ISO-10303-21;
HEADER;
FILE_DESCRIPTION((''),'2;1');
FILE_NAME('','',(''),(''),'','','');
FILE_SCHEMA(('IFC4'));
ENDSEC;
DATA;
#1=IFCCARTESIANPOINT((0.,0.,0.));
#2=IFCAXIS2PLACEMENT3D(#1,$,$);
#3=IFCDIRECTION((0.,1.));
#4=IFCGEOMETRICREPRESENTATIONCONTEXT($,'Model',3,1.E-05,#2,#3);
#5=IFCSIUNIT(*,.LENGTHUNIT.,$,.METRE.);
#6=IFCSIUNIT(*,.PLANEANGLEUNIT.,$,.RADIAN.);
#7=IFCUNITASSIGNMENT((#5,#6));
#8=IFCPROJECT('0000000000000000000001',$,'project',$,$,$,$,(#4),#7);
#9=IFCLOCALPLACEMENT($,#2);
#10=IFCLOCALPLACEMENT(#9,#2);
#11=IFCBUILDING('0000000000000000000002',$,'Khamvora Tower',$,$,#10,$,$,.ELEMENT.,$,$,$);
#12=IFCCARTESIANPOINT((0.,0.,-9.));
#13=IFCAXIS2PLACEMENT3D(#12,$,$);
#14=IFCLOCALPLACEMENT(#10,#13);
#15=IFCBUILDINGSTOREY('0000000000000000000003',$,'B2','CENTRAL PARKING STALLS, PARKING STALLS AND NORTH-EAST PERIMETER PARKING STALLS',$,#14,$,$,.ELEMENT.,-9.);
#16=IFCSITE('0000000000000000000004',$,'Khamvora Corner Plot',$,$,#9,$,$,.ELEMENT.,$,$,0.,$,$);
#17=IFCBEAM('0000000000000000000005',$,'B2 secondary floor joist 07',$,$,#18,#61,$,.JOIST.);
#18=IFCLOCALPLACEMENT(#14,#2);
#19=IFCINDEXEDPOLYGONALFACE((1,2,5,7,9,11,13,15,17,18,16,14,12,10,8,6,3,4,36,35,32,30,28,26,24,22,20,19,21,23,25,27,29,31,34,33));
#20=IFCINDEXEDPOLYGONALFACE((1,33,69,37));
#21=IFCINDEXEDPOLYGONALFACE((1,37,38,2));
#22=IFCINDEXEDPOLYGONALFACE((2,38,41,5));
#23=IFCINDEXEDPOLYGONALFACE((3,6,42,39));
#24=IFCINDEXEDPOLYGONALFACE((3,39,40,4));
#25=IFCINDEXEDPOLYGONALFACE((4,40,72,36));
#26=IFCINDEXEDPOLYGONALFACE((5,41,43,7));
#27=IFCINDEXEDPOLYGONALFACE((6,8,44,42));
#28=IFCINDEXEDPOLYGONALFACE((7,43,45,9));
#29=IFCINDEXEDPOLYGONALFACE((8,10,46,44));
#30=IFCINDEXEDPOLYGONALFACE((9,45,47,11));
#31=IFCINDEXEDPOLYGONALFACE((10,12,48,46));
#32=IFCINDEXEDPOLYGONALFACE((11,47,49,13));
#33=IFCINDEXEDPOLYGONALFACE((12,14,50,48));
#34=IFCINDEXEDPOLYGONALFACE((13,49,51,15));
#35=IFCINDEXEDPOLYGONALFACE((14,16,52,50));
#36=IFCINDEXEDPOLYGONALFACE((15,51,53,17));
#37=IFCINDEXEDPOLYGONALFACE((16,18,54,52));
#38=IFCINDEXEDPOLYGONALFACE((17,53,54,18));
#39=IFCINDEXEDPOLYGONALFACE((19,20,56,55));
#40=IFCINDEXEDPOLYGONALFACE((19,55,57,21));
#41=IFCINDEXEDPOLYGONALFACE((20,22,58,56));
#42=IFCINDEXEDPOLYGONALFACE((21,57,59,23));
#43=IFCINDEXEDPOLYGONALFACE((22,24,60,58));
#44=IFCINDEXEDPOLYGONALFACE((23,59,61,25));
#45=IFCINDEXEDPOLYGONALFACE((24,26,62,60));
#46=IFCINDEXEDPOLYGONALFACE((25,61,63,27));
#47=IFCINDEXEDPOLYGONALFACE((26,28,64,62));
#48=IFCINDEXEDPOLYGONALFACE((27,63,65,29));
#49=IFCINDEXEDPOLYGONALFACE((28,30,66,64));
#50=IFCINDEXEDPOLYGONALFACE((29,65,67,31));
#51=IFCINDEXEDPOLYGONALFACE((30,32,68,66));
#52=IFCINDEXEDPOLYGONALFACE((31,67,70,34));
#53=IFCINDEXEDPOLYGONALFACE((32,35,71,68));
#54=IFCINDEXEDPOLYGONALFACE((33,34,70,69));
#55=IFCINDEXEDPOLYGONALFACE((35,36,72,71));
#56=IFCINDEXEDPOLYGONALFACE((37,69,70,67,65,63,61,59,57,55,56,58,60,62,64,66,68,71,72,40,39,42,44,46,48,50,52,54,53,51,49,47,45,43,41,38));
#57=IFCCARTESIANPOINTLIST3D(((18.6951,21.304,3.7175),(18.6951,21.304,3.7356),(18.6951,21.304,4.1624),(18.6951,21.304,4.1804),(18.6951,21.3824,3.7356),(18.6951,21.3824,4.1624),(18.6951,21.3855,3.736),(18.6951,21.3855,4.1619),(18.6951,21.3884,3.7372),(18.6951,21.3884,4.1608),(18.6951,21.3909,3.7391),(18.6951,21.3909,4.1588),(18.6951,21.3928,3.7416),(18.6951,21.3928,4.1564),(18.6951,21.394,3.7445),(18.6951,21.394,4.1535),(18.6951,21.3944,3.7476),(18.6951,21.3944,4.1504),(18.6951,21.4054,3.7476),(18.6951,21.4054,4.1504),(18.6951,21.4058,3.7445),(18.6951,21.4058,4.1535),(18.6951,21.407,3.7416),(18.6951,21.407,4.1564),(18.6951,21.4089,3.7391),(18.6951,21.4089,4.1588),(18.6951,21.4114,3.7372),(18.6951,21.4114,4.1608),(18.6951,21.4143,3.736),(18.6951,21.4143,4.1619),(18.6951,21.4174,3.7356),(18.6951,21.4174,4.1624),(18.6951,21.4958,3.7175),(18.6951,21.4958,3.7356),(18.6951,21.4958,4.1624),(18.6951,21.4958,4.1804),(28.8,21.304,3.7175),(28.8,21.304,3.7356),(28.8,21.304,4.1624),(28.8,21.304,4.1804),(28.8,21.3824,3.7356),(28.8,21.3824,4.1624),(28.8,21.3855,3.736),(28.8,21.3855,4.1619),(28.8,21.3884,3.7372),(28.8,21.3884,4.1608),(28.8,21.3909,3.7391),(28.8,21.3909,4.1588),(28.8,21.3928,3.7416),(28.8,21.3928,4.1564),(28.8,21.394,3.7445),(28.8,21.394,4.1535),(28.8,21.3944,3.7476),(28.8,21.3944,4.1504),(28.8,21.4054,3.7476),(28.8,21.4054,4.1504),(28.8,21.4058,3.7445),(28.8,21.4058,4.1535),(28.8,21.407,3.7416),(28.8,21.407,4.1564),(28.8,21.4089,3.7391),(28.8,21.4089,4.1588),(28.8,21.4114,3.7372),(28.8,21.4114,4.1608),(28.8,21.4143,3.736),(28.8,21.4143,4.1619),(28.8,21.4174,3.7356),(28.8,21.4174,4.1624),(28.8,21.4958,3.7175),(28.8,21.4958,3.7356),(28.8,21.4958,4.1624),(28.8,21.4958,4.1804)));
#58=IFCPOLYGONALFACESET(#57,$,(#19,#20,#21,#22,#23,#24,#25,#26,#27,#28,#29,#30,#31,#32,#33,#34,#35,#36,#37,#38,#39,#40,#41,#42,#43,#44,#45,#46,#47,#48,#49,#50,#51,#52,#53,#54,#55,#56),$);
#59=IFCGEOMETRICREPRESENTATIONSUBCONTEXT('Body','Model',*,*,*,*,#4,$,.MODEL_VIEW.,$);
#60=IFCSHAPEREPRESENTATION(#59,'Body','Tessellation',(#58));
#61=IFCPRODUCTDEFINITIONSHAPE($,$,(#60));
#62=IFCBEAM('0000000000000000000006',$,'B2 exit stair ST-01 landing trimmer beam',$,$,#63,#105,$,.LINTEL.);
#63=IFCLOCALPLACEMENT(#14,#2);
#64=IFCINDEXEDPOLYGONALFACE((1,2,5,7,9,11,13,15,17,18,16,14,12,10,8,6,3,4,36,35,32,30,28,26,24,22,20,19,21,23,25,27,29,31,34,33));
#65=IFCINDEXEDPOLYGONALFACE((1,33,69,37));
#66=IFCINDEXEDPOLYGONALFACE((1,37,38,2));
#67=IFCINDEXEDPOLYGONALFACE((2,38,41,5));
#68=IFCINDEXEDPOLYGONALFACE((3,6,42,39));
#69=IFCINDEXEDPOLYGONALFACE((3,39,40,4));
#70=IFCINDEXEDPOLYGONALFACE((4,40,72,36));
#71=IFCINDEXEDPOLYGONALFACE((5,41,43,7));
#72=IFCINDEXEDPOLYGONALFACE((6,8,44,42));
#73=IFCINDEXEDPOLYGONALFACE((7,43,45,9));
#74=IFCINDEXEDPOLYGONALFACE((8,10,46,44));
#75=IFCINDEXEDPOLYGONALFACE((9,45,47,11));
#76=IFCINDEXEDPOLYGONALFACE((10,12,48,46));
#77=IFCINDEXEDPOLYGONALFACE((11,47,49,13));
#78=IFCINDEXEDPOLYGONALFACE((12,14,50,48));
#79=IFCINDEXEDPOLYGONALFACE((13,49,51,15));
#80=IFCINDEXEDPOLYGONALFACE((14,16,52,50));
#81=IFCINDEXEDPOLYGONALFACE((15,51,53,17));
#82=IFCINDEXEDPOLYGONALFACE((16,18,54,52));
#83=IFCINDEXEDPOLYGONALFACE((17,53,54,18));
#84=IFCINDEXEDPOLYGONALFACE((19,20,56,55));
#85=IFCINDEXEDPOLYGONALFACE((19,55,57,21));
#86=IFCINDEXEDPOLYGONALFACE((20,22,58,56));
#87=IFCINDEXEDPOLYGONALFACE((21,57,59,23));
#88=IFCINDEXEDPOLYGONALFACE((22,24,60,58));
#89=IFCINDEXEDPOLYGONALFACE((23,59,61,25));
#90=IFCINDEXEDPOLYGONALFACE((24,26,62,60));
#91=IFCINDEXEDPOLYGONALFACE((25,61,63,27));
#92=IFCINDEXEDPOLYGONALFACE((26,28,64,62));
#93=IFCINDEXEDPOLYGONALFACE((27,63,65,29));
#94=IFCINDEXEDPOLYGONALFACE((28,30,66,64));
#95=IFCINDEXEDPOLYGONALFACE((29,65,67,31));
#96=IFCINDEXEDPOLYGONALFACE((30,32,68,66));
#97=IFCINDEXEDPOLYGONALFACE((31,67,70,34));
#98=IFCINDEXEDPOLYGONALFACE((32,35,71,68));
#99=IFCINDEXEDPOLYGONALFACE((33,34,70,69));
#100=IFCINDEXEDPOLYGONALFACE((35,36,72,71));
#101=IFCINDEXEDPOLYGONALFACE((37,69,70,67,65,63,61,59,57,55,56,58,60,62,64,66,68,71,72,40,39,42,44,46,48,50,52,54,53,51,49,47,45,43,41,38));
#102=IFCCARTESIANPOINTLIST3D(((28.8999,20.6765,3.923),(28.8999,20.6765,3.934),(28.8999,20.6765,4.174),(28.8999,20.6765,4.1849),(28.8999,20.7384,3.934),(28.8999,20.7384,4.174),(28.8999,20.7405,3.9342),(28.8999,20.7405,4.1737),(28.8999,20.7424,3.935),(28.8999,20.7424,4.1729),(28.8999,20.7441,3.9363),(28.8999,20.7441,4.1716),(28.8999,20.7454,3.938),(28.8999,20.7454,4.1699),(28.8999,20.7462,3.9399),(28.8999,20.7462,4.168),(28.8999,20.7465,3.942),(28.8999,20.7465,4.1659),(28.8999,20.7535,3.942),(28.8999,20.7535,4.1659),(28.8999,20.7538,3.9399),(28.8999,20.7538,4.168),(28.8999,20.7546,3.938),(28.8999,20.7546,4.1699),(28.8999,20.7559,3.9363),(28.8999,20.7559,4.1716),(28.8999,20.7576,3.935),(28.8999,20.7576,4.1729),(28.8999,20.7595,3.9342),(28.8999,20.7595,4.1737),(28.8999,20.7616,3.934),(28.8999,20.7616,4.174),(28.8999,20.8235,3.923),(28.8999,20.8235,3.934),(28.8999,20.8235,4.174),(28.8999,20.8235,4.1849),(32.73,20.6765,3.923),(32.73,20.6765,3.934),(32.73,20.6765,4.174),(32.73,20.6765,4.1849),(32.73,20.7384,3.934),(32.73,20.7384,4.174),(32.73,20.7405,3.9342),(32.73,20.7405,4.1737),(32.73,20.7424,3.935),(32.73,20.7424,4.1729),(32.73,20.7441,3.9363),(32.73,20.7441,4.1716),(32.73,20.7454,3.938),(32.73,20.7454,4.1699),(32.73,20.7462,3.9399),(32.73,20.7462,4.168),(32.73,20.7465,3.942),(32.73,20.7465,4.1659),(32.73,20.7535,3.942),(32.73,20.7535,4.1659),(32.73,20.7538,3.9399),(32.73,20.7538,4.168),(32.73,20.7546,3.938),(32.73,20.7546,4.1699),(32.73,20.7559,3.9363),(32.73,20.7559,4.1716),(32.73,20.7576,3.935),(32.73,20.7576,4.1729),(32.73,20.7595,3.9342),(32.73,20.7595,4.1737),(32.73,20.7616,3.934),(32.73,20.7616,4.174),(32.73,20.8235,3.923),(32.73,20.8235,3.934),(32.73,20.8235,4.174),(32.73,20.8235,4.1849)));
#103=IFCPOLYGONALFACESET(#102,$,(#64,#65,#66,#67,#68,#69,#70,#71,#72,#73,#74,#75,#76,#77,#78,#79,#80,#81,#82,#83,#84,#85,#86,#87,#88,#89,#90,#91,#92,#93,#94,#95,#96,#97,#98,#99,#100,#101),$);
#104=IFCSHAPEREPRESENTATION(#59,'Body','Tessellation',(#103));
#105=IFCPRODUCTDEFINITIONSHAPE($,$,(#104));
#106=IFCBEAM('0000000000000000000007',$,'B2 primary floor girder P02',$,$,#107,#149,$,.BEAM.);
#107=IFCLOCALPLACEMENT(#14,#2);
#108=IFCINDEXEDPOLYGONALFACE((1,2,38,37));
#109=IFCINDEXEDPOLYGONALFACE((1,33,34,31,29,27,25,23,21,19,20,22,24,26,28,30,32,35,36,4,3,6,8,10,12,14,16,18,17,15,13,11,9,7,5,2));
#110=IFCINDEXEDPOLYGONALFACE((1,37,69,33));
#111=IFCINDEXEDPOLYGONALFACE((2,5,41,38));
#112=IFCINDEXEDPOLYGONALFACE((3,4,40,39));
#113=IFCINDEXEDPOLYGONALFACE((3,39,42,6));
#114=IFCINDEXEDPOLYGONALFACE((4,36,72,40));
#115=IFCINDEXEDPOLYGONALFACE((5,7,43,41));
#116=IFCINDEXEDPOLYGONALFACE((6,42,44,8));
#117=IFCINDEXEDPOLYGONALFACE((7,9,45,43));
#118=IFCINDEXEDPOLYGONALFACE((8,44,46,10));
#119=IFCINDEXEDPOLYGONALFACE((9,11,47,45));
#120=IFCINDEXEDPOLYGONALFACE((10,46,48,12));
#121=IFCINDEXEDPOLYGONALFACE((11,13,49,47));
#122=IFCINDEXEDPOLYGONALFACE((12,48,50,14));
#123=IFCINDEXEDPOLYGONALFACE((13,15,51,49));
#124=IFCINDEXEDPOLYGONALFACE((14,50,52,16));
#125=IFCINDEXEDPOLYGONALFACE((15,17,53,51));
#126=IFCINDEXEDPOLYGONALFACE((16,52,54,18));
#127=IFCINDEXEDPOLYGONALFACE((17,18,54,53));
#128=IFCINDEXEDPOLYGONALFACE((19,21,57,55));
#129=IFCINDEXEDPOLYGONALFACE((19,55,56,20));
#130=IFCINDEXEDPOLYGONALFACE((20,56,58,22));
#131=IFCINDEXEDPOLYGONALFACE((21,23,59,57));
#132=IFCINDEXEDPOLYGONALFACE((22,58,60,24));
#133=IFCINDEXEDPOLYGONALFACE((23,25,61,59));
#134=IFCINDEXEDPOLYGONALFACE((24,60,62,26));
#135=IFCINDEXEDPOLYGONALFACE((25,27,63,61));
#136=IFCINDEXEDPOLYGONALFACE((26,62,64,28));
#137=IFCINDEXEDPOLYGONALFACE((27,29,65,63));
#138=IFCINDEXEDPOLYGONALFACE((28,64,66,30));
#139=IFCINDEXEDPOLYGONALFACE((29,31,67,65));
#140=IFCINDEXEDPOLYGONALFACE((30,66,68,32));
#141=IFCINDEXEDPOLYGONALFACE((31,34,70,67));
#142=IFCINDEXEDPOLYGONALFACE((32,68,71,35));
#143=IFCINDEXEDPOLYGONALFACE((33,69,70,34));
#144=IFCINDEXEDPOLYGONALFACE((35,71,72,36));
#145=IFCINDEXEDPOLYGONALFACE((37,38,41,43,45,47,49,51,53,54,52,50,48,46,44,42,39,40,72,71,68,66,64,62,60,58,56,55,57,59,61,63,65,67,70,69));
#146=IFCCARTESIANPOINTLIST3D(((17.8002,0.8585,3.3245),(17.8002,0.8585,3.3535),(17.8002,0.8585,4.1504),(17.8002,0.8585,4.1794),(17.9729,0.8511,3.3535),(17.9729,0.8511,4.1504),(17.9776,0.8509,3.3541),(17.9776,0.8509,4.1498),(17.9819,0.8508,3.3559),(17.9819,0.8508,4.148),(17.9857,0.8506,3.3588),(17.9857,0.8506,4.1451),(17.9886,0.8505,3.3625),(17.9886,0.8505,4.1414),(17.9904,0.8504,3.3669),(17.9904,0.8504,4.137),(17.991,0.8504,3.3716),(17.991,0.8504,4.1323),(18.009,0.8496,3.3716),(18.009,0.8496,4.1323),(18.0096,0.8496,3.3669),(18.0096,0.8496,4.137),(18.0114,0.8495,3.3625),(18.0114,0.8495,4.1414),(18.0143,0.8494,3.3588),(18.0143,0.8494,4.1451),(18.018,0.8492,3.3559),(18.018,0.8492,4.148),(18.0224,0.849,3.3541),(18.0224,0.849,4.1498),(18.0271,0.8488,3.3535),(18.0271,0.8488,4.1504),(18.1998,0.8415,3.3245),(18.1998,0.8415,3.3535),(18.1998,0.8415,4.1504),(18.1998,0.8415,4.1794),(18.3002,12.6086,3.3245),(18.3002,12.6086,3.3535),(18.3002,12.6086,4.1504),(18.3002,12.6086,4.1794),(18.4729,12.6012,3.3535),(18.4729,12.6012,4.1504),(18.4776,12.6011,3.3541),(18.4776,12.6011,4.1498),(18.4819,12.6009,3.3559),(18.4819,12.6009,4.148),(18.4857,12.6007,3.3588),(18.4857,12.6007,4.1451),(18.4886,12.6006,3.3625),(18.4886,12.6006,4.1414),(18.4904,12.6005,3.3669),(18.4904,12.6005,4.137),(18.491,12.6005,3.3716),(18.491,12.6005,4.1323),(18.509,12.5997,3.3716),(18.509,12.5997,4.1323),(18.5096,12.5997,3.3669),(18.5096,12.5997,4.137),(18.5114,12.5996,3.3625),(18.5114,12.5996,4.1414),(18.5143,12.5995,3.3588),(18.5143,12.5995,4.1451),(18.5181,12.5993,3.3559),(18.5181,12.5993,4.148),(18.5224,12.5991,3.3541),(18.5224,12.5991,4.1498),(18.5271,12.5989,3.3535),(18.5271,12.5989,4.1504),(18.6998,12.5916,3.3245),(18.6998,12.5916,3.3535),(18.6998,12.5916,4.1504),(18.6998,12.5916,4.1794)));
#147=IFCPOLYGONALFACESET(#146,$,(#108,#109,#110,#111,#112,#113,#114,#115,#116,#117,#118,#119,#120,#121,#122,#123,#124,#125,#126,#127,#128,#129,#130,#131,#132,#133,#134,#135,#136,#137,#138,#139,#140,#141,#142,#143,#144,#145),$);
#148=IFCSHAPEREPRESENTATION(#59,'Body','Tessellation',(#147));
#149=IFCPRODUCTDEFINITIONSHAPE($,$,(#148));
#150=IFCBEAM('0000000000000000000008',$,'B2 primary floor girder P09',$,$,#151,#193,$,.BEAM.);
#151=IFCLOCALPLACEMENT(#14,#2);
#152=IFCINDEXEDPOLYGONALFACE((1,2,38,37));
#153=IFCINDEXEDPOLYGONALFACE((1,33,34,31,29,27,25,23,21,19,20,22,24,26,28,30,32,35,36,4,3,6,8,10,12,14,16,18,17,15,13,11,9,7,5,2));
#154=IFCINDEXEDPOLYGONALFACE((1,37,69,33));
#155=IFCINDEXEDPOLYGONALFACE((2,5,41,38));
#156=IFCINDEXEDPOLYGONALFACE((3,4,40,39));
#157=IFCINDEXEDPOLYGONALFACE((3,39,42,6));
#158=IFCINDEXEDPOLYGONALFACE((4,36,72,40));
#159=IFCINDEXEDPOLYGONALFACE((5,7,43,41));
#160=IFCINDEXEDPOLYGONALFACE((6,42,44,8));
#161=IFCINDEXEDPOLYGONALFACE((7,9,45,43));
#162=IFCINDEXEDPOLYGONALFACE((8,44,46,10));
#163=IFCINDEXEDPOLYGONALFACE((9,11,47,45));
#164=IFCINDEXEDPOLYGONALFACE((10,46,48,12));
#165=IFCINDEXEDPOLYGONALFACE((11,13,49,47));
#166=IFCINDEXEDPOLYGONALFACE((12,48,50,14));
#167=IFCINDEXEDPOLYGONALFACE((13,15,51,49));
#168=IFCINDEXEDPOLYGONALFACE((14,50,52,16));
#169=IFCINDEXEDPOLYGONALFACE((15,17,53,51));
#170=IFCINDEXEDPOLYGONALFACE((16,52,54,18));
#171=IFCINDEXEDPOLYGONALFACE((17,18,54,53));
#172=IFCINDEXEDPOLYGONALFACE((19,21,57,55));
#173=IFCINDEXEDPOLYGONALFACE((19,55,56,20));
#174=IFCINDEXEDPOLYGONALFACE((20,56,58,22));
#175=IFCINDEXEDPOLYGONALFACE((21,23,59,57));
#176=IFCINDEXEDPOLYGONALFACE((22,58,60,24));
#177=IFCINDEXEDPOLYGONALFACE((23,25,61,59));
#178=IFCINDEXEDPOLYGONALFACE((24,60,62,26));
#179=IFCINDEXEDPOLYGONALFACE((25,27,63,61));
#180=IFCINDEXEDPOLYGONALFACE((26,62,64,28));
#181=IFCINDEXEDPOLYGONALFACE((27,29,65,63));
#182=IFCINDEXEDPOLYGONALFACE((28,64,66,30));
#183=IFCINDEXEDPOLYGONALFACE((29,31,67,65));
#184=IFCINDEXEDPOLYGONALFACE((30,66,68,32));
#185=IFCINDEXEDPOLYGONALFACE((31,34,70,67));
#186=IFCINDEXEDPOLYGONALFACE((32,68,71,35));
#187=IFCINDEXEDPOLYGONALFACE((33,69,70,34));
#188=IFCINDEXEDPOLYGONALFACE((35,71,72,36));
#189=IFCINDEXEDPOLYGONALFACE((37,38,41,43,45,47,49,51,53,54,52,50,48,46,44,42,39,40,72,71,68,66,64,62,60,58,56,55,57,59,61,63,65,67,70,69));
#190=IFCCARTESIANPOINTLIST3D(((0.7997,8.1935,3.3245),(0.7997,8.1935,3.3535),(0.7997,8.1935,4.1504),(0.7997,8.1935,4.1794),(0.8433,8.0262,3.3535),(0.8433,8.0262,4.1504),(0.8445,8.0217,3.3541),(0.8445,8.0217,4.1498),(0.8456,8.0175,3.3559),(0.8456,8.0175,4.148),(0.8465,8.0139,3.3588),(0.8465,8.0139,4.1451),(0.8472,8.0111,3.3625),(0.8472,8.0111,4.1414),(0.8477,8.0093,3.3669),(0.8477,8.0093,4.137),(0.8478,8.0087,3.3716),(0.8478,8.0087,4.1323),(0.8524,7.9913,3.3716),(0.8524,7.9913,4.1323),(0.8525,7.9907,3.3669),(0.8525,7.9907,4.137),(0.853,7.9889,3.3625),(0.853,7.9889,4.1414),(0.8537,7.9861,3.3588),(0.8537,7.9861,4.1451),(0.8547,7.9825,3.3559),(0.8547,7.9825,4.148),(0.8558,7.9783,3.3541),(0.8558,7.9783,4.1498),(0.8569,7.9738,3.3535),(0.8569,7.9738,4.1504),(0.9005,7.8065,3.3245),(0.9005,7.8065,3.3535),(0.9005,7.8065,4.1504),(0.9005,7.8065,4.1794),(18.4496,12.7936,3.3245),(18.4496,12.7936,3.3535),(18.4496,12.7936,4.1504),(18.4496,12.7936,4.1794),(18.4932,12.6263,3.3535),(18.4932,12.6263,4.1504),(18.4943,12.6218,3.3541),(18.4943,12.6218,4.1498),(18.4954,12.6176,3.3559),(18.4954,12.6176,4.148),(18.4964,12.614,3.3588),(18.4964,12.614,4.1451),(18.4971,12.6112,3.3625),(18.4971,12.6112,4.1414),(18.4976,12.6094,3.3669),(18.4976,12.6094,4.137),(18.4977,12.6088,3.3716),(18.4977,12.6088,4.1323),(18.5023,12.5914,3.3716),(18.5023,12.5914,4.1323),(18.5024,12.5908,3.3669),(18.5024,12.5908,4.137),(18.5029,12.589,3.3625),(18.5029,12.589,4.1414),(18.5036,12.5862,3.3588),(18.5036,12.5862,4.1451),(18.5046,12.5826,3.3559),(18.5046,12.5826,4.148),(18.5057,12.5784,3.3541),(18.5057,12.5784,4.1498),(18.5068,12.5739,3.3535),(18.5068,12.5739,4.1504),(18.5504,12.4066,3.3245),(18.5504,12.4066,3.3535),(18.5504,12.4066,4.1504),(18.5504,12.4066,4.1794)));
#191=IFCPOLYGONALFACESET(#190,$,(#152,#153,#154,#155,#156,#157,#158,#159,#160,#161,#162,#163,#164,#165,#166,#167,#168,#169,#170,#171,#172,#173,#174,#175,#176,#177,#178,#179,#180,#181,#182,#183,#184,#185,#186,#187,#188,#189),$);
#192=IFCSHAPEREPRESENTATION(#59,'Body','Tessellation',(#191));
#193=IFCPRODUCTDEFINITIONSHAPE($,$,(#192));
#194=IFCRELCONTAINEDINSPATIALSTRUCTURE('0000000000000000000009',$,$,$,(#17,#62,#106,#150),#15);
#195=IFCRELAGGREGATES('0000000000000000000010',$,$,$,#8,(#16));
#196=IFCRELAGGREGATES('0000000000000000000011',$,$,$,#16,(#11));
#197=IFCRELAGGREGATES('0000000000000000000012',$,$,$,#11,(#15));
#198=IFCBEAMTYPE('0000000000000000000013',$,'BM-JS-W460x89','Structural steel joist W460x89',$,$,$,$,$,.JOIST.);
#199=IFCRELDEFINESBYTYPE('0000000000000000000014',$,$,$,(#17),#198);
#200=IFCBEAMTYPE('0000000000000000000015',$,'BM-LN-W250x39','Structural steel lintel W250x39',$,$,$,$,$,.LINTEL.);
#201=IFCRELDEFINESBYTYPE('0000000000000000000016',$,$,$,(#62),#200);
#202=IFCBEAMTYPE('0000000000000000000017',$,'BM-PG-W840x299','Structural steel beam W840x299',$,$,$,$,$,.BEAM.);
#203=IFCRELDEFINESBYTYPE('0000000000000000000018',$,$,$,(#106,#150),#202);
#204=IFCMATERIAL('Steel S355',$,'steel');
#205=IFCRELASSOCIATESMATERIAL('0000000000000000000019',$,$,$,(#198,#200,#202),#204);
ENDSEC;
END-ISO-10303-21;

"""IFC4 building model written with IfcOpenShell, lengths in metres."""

from ifc_helpers import new_model, si_unit, direction, frame, origin, origin_2d, place, context, subcontext, project, spatial, i_section, extrude, material, material_profile, profile_set, type_object, element, save


model = new_model("IFC4")

# Units and contexts
model_context = context("Model", 3, precision=1e-05, world=origin(), true_north=direction((0.0, 1.0)))
body_context = subcontext(model_context, "Body", "Model", "MODEL_VIEW")
ifc_project = project(units=[si_unit("LENGTHUNIT", "METRE"), si_unit("PLANEANGLEUNIT", "RADIAN")], contexts=[model_context])

# Site, building, storey
site_placement = place(None, origin())
site = spatial("IfcSite", under=ifc_project, at=site_placement, Name="Khamvora Corner Plot", CompositionType="ELEMENT", RefElevation=0.0)
building_placement = place(site_placement, origin())
building = spatial("IfcBuilding", under=site, at=building_placement, Name="Khamvora Tower", CompositionType="ELEMENT")
storey_placement = place(building_placement, frame((0.0, 0.0, -9.0)))
storey = spatial("IfcBuildingStorey", under=building, at=storey_placement, Name="B2", Description="CENTRAL PARKING STALLS, PARKING STALLS AND NORTH-EAST PERIMETER PARKING STALLS", CompositionType="ELEMENT", Elevation=-9.0)

# Beams
ifc_material_1 = material(Name="Steel S355", Category="steel")
ifc_material_profile_1 = material_profile(ifc_material_1, i_section(OverallWidth=0.1919, OverallDepth=0.4629, WebThickness=0.011, FlangeThickness=0.0181, FilletRadius=0.012, at=origin_2d()), Name="W460x89")
ifc_profile_set_1 = profile_set([ifc_material_profile_1], Name="Steel S355")
beam_type_1 = type_object("IfcBeamType", Name="BM-JS-W460x89", Description="Structural steel joist W460x89", PredefinedType="JOIST", material=ifc_profile_set_1)
beam_1_placement = place(storey_placement, frame((18.6951, 21.3999, 3.949), z_axis=(1.0, 0.0, 0.0), x_axis=(0.0, 1.0, 0.0)))
element("IfcBeam", 1, at=beam_1_placement, inside=storey, type_object=beam_type_1, Name="B2 secondary floor joist 07", PredefinedType="JOIST", context=body_context, shape_type="SweptSolid", body=[
    extrude(i_section(OverallWidth=0.1919, OverallDepth=0.4629, WebThickness=0.011, FlangeThickness=0.0181, FilletRadius=0.012, at=origin_2d()), origin(), (0.0, 0.0, 1.0), 10.105),
])
ifc_material_profile_2 = material_profile(ifc_material_1, i_section(OverallWidth=0.147, OverallDepth=0.262, WebThickness=0.0071, FlangeThickness=0.011, FilletRadius=0.0081, at=origin_2d()), Name="W250x39")
ifc_profile_set_2 = profile_set([ifc_material_profile_2], Name="Steel S355")
beam_type_2 = type_object("IfcBeamType", Name="BM-LN-W250x39", Description="Structural steel lintel W250x39", PredefinedType="LINTEL", material=ifc_profile_set_2)
beam_2_placement = place(storey_placement, frame((28.8999, 20.75, 4.054), z_axis=(1.0, 0.0, 0.0), x_axis=(0.0, 1.0, 0.0)))
element("IfcBeam", 2, at=beam_2_placement, inside=storey, type_object=beam_type_2, Name="B2 exit stair ST-01 landing trimmer beam", PredefinedType="LINTEL", context=body_context, shape_type="SweptSolid", body=[
    extrude(i_section(OverallWidth=0.147, OverallDepth=0.262, WebThickness=0.0071, FlangeThickness=0.011, FilletRadius=0.0081, at=origin_2d()), origin(), (0.0, 0.0, 1.0), 3.8301),
])
ifc_material_profile_3 = material_profile(ifc_material_1, i_section(OverallWidth=0.3999, OverallDepth=0.855, WebThickness=0.0181, FlangeThickness=0.0291, FilletRadius=0.0181, at=origin_2d()), Name="W840x299")
ifc_profile_set_3 = profile_set([ifc_material_profile_3], Name="Steel S355")
beam_type_3 = type_object("IfcBeamType", Name="BM-PG-W840x299", Description="Structural steel beam W840x299", PredefinedType="BEAM", material=ifc_profile_set_3)
beam_3_placement = place(storey_placement, frame((18.5, 12.6001, 3.752), z_axis=(-0.042515, -0.999096, 0.0), x_axis=(0.999096, -0.042515, 0.0)))
element("IfcBeam", 3, at=beam_3_placement, inside=storey, type_object=beam_type_3, Name="B2 primary floor girder P02", PredefinedType="BEAM", context=body_context, shape_type="SweptSolid", body=[
    extrude(i_section(OverallWidth=0.3999, OverallDepth=0.855, WebThickness=0.0181, FlangeThickness=0.0291, FilletRadius=0.0181, at=origin_2d()), origin(), (0.0, 0.0, 1.0), 11.7607),
])
beam_4_placement = place(storey_placement, frame((18.5, 12.6001, 3.752), z_axis=(-0.967674, -0.252205, 0.0), x_axis=(0.252205, -0.967674, 0.0)))
element("IfcBeam", 4, at=beam_4_placement, inside=storey, type_object=beam_type_3, Name="B2 primary floor girder P09", PredefinedType="BEAM", context=body_context, shape_type="SweptSolid", body=[
    extrude(i_section(OverallWidth=0.3999, OverallDepth=0.855, WebThickness=0.0181, FlangeThickness=0.0291, FilletRadius=0.0181, at=origin_2d()), origin(), (0.0, 0.0, 1.0), 18.2395),
])

save(model, "model.ifc")
